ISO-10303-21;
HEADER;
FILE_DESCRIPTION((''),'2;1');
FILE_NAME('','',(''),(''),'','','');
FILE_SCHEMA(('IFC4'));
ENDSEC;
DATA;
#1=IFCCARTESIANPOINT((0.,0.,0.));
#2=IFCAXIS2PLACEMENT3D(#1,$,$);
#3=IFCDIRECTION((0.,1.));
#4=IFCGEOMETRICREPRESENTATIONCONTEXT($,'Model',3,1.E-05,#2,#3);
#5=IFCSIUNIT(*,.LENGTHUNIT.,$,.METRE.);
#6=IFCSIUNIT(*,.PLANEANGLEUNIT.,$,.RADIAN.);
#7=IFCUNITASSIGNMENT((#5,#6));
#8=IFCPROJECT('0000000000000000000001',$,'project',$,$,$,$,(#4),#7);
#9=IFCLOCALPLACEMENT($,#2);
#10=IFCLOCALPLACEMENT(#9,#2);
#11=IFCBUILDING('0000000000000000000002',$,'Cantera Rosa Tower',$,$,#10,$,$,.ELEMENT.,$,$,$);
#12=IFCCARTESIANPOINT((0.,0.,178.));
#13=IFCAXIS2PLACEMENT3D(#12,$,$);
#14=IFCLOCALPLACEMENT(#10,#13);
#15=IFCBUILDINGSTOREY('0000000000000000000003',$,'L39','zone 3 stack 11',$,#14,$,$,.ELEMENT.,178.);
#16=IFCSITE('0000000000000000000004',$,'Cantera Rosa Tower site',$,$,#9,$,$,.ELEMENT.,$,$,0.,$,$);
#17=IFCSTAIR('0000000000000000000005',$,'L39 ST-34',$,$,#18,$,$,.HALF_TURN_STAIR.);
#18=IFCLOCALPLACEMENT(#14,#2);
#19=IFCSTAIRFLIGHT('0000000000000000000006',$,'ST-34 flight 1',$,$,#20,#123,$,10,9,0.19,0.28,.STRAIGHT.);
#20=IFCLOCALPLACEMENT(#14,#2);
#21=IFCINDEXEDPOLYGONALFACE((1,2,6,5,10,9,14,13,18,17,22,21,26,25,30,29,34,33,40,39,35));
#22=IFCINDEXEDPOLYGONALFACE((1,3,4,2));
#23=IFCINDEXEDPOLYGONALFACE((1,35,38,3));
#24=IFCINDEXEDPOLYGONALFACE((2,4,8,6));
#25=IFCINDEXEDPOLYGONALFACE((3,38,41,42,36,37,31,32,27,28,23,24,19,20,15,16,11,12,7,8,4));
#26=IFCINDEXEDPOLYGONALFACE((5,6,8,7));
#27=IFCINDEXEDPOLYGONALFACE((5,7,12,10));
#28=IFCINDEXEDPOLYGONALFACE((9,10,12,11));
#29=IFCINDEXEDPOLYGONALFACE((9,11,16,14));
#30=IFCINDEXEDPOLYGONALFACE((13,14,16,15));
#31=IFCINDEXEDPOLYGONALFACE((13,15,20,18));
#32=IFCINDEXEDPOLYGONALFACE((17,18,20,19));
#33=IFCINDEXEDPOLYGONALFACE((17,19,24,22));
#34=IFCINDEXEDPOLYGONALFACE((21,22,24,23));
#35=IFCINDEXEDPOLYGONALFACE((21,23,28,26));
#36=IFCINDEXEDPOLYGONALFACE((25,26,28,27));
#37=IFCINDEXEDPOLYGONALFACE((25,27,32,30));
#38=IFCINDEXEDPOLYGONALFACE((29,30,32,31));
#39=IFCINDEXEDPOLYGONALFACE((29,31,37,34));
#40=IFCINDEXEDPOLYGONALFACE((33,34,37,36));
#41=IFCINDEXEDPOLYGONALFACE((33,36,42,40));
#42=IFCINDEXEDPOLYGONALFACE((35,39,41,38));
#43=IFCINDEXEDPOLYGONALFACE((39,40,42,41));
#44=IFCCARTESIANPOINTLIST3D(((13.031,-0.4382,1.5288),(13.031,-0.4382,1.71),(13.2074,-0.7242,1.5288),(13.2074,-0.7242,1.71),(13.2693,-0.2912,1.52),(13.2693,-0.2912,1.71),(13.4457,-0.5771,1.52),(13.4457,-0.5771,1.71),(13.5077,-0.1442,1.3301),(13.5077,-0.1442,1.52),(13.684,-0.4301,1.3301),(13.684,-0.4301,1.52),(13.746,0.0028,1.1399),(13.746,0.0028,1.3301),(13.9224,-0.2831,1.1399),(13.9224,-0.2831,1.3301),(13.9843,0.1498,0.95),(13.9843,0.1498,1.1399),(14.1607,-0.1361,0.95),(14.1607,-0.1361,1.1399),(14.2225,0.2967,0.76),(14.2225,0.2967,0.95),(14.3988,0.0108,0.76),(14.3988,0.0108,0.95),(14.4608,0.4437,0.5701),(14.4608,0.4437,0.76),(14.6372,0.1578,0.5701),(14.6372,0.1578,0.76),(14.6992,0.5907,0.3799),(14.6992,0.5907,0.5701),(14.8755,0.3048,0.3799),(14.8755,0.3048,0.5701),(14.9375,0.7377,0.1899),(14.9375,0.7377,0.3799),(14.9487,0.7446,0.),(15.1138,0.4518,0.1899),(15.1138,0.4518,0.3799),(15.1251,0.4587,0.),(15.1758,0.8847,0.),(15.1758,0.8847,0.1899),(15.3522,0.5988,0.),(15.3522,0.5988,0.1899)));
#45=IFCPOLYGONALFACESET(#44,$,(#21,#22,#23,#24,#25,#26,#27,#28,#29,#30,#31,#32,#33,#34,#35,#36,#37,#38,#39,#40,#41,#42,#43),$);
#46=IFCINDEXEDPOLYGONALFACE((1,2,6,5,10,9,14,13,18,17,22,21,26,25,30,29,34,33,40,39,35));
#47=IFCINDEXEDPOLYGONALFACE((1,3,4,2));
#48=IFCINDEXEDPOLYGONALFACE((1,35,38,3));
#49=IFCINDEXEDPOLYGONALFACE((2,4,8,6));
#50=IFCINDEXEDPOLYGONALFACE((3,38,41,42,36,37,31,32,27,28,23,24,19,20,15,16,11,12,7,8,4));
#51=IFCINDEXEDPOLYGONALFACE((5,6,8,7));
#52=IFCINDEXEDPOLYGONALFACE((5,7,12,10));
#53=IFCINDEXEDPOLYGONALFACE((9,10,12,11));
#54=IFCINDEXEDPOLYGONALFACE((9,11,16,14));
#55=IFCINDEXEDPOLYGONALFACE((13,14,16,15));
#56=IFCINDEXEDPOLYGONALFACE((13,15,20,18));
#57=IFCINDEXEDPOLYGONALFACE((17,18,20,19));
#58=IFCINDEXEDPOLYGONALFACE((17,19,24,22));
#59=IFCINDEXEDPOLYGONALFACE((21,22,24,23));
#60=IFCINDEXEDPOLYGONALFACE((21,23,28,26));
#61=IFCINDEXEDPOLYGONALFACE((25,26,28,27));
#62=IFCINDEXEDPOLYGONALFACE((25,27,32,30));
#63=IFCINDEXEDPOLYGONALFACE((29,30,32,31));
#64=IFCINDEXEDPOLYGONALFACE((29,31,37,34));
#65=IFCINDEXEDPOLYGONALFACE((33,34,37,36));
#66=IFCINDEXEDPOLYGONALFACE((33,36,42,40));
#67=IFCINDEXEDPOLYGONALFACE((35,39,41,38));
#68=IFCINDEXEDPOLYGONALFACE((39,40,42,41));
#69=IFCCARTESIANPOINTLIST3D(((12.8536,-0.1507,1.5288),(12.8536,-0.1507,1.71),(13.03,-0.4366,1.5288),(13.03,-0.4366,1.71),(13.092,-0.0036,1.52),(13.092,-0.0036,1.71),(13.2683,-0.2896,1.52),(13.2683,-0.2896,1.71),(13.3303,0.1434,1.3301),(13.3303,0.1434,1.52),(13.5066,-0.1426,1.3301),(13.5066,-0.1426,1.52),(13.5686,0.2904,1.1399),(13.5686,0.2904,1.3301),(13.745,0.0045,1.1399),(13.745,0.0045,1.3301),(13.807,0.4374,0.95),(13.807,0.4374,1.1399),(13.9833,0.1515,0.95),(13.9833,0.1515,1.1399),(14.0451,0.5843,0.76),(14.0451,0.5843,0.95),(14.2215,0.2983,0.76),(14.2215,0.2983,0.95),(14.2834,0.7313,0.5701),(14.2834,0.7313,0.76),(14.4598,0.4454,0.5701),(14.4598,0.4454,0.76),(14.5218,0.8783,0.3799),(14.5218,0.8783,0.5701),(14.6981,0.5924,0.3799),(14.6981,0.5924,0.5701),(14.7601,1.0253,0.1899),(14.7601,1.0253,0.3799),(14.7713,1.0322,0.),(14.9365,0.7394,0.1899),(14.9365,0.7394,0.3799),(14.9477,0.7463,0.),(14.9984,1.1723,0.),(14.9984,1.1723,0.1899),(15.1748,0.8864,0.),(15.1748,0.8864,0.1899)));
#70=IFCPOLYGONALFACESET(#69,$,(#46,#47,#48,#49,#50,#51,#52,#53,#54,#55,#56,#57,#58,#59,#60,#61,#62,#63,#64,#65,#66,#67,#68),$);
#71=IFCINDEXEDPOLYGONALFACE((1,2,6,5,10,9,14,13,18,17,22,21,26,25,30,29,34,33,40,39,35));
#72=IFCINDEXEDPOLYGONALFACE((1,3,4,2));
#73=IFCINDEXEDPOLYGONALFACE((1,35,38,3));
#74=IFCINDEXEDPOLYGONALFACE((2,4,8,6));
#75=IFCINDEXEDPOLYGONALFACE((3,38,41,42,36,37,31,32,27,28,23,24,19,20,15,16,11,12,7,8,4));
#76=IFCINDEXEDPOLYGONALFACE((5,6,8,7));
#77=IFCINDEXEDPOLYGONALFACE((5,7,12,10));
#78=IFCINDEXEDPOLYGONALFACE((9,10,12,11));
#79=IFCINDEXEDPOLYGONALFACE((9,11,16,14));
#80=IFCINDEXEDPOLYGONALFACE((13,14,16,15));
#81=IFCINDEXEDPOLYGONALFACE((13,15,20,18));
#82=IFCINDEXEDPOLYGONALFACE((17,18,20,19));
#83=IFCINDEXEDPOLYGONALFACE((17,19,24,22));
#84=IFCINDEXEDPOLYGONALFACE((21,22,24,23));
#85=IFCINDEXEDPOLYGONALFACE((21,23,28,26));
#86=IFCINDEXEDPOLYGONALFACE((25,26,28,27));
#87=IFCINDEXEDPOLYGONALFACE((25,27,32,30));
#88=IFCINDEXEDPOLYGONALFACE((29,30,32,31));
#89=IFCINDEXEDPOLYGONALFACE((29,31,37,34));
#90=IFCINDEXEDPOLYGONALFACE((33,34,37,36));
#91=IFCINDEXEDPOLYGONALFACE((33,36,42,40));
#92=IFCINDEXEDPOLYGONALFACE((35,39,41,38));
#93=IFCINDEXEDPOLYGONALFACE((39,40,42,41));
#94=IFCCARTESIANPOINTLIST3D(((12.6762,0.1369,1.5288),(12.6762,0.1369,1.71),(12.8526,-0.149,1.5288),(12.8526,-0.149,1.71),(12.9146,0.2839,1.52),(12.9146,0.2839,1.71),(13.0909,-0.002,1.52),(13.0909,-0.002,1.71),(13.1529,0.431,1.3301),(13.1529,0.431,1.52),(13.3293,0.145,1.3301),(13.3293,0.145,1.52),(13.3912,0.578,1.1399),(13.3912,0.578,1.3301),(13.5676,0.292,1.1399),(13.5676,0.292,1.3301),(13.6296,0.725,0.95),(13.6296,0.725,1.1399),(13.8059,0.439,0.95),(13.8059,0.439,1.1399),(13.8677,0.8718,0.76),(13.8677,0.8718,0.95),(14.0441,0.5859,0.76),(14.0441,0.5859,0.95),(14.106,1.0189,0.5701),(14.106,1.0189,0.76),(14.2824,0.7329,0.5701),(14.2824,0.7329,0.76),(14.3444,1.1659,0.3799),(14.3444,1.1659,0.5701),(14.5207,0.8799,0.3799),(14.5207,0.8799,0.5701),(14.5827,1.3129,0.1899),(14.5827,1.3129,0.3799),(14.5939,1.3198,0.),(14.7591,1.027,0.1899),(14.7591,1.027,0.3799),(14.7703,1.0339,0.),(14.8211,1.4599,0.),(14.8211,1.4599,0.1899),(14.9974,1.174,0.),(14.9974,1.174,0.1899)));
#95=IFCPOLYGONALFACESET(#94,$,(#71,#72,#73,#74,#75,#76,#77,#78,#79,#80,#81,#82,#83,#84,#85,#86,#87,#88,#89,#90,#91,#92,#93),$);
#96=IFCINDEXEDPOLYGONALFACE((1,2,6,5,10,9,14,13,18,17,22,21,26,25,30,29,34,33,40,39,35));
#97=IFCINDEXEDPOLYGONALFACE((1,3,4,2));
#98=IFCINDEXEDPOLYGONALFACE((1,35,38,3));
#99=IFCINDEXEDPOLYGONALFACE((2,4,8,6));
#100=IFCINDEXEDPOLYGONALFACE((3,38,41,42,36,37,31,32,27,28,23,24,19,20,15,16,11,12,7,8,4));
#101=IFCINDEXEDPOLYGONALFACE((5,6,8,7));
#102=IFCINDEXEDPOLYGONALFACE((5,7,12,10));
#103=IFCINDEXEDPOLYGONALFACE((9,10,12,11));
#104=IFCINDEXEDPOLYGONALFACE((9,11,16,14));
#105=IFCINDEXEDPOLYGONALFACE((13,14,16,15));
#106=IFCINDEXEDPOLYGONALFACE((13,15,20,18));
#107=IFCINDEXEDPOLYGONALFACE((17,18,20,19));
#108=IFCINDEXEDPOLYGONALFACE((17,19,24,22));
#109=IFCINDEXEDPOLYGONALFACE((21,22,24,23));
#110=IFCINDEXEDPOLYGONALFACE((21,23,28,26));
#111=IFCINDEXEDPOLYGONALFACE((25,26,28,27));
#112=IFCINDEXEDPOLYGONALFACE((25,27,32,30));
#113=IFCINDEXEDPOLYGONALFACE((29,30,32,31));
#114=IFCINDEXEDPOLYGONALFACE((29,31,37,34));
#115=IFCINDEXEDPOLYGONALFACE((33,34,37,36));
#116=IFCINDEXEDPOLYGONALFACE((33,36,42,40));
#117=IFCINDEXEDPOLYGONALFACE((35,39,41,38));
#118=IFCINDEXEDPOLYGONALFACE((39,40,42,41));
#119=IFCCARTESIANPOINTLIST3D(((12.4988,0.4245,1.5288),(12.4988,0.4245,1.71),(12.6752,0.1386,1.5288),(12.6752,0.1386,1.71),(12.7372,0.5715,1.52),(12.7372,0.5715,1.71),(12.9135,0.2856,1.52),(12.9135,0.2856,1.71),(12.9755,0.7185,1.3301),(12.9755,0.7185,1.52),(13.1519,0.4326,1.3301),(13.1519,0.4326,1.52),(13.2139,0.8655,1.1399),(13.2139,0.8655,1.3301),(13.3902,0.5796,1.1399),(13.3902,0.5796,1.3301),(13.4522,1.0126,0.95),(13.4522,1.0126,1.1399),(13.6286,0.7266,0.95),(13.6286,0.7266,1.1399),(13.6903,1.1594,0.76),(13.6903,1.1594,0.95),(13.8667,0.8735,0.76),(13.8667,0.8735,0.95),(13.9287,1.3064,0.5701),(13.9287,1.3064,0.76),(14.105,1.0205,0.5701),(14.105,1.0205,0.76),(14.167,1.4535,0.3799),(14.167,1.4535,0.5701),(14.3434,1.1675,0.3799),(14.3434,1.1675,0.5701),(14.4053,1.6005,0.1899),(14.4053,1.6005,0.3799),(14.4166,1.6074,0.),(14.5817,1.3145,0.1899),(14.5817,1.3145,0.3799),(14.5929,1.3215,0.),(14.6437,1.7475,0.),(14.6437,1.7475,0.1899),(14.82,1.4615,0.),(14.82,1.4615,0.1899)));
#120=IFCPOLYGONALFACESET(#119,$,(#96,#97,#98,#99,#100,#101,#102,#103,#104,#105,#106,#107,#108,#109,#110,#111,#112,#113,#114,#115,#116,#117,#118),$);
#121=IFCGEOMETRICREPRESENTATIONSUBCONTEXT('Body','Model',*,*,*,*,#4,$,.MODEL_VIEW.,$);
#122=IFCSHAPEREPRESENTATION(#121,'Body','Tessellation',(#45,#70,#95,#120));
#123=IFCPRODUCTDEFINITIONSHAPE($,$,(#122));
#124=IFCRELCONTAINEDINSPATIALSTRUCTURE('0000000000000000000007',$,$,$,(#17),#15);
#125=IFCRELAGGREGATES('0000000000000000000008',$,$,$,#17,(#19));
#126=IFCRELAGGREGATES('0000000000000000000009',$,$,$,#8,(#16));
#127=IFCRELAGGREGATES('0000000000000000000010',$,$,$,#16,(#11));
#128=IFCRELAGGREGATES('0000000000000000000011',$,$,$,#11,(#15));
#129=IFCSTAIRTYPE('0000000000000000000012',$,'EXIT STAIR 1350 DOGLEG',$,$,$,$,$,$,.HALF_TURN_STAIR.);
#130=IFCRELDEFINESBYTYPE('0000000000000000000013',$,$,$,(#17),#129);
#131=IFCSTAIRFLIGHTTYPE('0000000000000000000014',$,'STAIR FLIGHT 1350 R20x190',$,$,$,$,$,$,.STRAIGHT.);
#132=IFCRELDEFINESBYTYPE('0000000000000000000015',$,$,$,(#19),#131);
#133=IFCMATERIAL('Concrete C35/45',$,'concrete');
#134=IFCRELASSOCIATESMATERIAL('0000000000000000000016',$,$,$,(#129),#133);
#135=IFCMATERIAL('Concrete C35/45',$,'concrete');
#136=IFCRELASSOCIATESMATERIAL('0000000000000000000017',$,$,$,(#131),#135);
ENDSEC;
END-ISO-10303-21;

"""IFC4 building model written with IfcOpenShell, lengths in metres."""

from ifc_helpers import new_model, si_unit, direction, frame, origin, place, context, subcontext, project, spatial, polyline, outline, extrude, material, type_object, element, aggregate, save


model = new_model("IFC4")

# Units and contexts
model_context = context("Model", 3, precision=1e-05, world=origin(), true_north=direction((0.0, 1.0)))
body_context = subcontext(model_context, "Body", "Model", "MODEL_VIEW")
ifc_project = project(units=[si_unit("LENGTHUNIT", "METRE"), si_unit("PLANEANGLEUNIT", "RADIAN")], contexts=[model_context])

# Site, building, storey
site_placement = place(None, origin())
site = spatial("IfcSite", under=ifc_project, at=site_placement, Name="Cantera Rosa Tower site", CompositionType="ELEMENT", RefElevation=0.0)
building_placement = place(site_placement, origin())
building = spatial("IfcBuilding", under=site, at=building_placement, Name="Cantera Rosa Tower", CompositionType="ELEMENT")
storey_placement = place(building_placement, frame((0.0, 0.0, 178.0)))
storey = spatial("IfcBuildingStorey", under=building, at=storey_placement, Name="L39", Description="zone 3 stack 11", CompositionType="ELEMENT", Elevation=178.0)

# Stair, stair flight
ifc_material_1 = material(Name="Concrete C35/45", Category="concrete")
stair_type = type_object("IfcStairType", Name="EXIT STAIR 1350 DOGLEG", PredefinedType="HALF_TURN_STAIR", material=ifc_material_1)
stair_placement = place(storey_placement, origin())
stair = element("IfcStair", 1, at=stair_placement, inside=storey, type_object=stair_type, Name="L39 ST-34", PredefinedType="HALF_TURN_STAIR")
ifc_material_2 = material(Name="Concrete C35/45", Category="concrete")
stair_flight_type = type_object("IfcStairFlightType", Name="STAIR FLIGHT 1350 R20x190", PredefinedType="STRAIGHT", material=ifc_material_2)
stair_flight_placement = place(storey_placement, frame((14.9978, 1.1733, 0.0), z_axis=(0.0, 0.0, 1.0), x_axis=(-0.851117, -0.524977, 0.0)))
stair_flight = element("IfcStairFlight", 2, at=stair_flight_placement, type_object=stair_flight_type, Name="ST-34 flight 1", NumberOfRisers=10, NumberOfTreads=9, PredefinedType="STRAIGHT", RiserHeight=0.19, TreadLength=0.28, context=body_context, shape_type="SweptSolid", body=[
    extrude(outline(polyline([(0.0, 0.0), (0.0, 0.1899), (0.28, 0.1899), (0.28, 0.3799), (0.5601, 0.3799), (0.5601, 0.5701), (0.8401, 0.5701), (0.8401, 0.76), (1.1201, 0.76), (1.1201, 0.95), (1.3999, 0.95), (1.3999, 1.1399), (1.6799, 1.1399), (1.6799, 1.3301), (1.96, 1.3301), (1.96, 1.52), (2.24, 1.52), (2.24, 1.71), (2.52, 1.71), (2.52, 1.8999), (2.52, 1.5288), (0.2668, 0.0), (0.0, 0.0)])), frame((0.0, 0.675, 0.0), z_axis=(0.0, -1.0, 0.0), x_axis=(1.0, 0.0, 0.0)), (0.0, 0.0, 1.0), 0.3359),
    extrude(outline(polyline([(0.0, 0.0), (0.0, 0.1899), (0.28, 0.1899), (0.28, 0.3799), (0.5601, 0.3799), (0.5601, 0.5701), (0.8401, 0.5701), (0.8401, 0.76), (1.1201, 0.76), (1.1201, 0.95), (1.3999, 0.95), (1.3999, 1.1399), (1.6799, 1.1399), (1.6799, 1.3301), (1.96, 1.3301), (1.96, 1.52), (2.24, 1.52), (2.24, 1.71), (2.52, 1.71), (2.52, 1.8999), (2.52, 1.5288), (0.2668, 0.0), (0.0, 0.0)])), frame((0.0, 0.3372, 0.0), z_axis=(0.0, -1.0, 0.0), x_axis=(1.0, 0.0, 0.0)), (0.0, 0.0, 1.0), 0.3359),
    extrude(outline(polyline([(0.0, 0.0), (0.0, 0.1899), (0.28, 0.1899), (0.28, 0.3799), (0.5601, 0.3799), (0.5601, 0.5701), (0.8401, 0.5701), (0.8401, 0.76), (1.1201, 0.76), (1.1201, 0.95), (1.3999, 0.95), (1.3999, 1.1399), (1.6799, 1.1399), (1.6799, 1.3301), (1.96, 1.3301), (1.96, 1.52), (2.24, 1.52), (2.24, 1.71), (2.52, 1.71), (2.52, 1.8999), (2.52, 1.5288), (0.2668, 0.0), (0.0, 0.0)])), frame((0.0, -0.0007, 0.0), z_axis=(0.0, -1.0, 0.0), x_axis=(1.0, 0.0, 0.0)), (0.0, 0.0, 1.0), 0.3359),
    extrude(outline(polyline([(0.0, 0.0), (0.0, 0.1899), (0.28, 0.1899), (0.28, 0.3799), (0.5601, 0.3799), (0.5601, 0.5701), (0.8401, 0.5701), (0.8401, 0.76), (1.1201, 0.76), (1.1201, 0.95), (1.3999, 0.95), (1.3999, 1.1399), (1.6799, 1.1399), (1.6799, 1.3301), (1.96, 1.3301), (1.96, 1.52), (2.24, 1.52), (2.24, 1.71), (2.52, 1.71), (2.52, 1.8999), (2.52, 1.5288), (0.2668, 0.0), (0.0, 0.0)])), frame((0.0, -0.3386, 0.0), z_axis=(0.0, -1.0, 0.0), x_axis=(1.0, 0.0, 0.0)), (0.0, 0.0, 1.0), 0.3359),
])
aggregate(stair, [stair_flight])

save(model, "model.ifc")
